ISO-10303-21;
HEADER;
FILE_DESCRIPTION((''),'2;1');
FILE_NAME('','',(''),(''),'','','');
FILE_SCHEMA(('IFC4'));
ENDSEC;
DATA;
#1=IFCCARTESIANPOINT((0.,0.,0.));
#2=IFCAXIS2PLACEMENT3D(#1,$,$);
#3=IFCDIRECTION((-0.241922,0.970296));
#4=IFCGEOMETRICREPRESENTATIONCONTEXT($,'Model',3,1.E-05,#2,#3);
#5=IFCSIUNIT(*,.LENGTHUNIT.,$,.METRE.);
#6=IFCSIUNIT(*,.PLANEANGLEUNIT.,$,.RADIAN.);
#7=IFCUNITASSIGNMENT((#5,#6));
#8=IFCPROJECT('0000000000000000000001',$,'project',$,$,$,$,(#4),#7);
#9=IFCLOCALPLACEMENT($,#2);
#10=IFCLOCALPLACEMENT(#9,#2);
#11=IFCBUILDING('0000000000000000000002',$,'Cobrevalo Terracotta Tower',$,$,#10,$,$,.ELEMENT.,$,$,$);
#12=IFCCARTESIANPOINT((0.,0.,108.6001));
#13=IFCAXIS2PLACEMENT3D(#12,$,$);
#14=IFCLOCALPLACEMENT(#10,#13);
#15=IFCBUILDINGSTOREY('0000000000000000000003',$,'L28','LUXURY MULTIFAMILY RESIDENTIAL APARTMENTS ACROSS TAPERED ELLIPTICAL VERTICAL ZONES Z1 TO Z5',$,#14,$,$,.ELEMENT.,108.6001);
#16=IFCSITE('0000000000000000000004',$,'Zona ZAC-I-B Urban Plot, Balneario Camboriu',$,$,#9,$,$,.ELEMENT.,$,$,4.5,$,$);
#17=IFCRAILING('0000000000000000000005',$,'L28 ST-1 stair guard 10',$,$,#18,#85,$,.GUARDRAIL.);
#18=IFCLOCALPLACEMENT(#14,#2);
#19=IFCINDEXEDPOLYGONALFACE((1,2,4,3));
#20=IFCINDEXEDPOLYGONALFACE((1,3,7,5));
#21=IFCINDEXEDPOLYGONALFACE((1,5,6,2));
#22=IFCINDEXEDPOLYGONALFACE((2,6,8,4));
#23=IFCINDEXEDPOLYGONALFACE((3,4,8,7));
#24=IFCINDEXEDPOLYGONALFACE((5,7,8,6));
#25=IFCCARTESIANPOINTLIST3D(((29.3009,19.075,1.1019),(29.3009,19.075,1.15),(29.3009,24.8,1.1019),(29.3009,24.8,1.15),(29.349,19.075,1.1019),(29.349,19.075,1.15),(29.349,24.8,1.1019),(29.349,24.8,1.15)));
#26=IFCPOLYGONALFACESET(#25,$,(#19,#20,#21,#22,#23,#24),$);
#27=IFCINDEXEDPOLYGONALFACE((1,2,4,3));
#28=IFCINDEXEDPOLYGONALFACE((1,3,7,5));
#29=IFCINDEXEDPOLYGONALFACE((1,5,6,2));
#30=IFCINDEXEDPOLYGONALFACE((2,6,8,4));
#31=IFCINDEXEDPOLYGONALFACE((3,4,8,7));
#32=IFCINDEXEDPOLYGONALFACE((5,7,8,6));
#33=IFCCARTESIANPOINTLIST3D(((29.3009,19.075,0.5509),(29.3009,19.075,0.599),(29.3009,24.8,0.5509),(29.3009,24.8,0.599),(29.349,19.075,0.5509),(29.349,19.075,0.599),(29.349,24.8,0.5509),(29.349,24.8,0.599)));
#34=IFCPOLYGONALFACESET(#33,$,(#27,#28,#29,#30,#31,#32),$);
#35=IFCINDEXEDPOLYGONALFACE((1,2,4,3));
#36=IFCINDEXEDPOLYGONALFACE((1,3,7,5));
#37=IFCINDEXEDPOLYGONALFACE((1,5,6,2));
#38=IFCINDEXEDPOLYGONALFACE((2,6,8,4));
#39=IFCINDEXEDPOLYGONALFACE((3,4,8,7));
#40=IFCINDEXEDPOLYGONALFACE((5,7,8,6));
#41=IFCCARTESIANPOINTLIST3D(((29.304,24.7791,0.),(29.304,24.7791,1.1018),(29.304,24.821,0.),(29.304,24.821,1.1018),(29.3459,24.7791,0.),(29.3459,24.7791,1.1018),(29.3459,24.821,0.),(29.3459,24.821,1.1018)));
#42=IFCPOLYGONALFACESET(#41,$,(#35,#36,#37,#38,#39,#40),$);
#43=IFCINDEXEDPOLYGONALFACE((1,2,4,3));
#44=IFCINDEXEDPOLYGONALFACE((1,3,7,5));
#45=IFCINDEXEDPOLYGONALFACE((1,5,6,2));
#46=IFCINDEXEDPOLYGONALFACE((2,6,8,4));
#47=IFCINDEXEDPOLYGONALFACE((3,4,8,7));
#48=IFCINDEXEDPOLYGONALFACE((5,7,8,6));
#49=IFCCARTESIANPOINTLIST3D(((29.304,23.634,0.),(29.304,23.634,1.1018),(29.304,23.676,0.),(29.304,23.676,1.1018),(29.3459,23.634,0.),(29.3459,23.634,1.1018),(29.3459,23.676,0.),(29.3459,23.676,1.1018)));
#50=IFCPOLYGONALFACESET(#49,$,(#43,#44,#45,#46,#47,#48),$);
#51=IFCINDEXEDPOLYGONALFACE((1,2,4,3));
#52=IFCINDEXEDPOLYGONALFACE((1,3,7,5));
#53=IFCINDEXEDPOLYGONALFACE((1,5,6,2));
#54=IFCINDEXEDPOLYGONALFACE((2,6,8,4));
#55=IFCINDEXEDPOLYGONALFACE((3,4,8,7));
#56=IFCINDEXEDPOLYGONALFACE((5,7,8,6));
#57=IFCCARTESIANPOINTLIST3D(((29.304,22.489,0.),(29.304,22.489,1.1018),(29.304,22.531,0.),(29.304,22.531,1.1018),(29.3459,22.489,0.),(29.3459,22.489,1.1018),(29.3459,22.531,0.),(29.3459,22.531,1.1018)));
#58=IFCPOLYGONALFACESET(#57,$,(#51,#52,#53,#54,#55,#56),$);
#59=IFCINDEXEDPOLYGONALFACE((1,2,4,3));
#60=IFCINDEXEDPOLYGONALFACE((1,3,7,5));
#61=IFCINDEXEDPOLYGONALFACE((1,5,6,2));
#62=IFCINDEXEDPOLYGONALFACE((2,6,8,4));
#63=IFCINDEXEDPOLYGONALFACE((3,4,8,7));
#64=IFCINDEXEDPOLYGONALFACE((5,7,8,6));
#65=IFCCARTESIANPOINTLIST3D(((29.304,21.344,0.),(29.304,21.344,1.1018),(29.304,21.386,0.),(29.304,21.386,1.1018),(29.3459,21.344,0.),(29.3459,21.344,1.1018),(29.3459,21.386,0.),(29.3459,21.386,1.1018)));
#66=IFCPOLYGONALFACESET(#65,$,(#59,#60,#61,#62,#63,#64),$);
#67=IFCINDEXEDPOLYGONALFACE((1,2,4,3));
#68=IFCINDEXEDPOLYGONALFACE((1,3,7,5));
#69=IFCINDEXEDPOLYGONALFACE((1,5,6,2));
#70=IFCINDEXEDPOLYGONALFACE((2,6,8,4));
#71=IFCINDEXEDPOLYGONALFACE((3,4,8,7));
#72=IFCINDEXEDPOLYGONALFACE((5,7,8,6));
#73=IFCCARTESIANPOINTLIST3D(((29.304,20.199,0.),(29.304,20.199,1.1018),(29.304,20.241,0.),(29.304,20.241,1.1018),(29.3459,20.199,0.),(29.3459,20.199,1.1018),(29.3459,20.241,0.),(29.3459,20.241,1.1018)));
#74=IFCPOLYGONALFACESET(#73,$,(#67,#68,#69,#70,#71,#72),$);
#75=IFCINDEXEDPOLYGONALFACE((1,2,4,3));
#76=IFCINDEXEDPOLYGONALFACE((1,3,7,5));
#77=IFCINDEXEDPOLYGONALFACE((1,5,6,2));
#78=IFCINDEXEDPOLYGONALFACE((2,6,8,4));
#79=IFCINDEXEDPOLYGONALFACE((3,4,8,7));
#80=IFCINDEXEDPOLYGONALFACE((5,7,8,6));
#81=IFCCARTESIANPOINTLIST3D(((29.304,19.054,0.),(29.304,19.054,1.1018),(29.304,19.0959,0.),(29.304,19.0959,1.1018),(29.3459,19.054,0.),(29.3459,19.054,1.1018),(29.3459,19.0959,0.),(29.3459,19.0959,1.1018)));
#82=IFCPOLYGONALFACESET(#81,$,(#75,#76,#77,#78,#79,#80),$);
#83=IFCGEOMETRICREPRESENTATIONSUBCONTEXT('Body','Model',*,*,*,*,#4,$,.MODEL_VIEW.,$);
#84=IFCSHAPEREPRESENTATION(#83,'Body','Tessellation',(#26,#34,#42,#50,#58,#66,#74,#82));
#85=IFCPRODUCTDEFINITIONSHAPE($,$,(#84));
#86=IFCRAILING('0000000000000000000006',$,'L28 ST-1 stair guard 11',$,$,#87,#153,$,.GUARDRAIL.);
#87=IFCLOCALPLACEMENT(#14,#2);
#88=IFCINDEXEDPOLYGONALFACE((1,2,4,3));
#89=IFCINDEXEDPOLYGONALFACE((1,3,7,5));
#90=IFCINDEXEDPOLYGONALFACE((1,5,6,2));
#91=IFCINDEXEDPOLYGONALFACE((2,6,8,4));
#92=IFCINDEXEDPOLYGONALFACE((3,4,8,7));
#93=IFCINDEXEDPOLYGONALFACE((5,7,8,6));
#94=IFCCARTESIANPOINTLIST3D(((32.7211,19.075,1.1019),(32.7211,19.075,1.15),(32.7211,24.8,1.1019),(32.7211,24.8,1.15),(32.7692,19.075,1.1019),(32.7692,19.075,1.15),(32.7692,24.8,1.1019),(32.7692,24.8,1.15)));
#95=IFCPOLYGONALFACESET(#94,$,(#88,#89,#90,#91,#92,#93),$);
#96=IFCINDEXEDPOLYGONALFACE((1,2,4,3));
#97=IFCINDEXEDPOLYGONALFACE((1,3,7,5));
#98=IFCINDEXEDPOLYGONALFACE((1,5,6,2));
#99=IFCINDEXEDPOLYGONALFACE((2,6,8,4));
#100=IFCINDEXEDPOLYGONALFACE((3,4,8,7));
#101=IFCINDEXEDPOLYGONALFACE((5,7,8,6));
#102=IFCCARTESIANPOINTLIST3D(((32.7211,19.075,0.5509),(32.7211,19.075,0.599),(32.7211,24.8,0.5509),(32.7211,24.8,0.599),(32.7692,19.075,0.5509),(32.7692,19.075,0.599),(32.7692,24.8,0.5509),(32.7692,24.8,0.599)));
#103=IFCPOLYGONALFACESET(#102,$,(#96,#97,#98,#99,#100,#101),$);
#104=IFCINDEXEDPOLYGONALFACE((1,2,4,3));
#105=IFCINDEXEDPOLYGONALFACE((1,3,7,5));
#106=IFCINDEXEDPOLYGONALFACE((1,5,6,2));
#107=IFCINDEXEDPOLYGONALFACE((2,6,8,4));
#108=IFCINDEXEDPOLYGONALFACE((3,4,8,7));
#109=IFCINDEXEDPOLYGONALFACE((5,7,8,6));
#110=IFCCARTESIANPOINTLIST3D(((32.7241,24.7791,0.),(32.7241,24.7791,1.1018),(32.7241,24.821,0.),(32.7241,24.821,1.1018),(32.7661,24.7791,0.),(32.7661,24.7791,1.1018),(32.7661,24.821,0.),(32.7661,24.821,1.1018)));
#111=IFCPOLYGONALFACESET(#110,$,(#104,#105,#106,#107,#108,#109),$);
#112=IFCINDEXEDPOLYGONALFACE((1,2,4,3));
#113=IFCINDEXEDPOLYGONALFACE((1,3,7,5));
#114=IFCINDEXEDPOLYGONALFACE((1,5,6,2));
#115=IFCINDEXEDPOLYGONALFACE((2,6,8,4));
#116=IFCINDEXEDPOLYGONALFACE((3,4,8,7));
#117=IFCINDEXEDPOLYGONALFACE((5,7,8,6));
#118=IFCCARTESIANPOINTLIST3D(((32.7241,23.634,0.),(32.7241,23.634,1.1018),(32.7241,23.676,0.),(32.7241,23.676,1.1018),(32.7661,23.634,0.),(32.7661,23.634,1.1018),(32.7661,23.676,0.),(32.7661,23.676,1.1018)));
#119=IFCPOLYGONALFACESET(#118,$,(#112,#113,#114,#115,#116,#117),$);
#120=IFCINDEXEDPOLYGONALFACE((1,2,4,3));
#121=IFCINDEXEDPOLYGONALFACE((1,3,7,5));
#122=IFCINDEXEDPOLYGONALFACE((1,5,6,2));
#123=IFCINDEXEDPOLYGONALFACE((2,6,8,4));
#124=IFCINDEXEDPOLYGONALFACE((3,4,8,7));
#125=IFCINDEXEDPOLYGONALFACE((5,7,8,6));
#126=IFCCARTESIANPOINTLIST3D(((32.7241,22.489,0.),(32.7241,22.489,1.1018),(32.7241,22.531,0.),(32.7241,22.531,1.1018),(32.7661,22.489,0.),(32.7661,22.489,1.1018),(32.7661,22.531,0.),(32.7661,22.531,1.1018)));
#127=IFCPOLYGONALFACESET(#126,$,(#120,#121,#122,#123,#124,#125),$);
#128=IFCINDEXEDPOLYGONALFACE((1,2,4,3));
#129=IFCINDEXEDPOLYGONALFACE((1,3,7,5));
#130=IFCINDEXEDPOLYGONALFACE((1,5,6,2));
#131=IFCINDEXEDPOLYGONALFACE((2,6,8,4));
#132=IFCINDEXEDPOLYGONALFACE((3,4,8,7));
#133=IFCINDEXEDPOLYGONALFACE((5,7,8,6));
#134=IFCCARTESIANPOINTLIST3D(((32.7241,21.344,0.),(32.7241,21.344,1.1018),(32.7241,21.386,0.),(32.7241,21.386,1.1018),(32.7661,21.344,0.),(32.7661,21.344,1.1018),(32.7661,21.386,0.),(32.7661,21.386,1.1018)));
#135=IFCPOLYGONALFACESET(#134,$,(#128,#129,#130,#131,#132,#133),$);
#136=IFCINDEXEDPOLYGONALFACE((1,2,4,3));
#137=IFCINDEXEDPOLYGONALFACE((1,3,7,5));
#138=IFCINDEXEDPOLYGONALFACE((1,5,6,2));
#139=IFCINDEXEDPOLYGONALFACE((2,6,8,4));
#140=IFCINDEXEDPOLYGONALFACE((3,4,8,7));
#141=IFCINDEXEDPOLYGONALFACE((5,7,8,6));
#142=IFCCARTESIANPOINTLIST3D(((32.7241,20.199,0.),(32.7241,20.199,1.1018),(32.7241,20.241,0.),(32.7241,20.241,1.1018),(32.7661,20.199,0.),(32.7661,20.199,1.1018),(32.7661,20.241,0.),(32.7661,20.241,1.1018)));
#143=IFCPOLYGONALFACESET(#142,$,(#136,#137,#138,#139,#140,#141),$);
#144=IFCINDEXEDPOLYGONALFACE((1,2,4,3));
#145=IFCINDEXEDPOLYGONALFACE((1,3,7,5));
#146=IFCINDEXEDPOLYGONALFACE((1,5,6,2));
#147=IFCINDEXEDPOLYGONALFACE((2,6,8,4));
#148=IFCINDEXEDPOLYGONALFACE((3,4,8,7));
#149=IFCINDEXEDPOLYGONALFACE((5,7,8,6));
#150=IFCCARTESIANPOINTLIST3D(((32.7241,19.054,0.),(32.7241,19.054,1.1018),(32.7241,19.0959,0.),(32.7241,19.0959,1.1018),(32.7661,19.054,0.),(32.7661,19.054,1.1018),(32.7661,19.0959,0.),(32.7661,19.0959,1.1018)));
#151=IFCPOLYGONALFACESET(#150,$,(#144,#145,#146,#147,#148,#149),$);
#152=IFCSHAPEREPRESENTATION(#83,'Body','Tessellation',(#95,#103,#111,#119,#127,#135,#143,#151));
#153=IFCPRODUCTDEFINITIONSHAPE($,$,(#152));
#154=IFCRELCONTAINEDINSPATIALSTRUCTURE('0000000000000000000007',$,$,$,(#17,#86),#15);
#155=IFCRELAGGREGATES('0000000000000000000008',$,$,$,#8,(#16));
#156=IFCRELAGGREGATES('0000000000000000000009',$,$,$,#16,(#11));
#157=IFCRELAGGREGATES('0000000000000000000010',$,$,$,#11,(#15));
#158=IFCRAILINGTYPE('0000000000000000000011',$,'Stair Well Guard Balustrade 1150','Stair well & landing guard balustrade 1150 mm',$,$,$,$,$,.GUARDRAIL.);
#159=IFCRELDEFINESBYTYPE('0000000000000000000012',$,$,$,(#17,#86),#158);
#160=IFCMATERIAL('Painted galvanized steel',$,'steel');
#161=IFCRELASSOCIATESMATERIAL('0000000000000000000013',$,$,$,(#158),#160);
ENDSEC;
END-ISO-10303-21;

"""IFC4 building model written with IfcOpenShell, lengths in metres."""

from ifc_helpers import new_model, si_unit, direction, frame, origin, origin_2d, place, context, subcontext, project, spatial, rectangle, extrude, material, type_object, element, save


model = new_model("IFC4")

# Units and contexts
model_context = context("Model", 3, precision=1e-05, world=origin(), true_north=direction((-0.241922, 0.970296)))
body_context = subcontext(model_context, "Body", "Model", "MODEL_VIEW")
ifc_project = project(units=[si_unit("LENGTHUNIT", "METRE"), si_unit("PLANEANGLEUNIT", "RADIAN")], contexts=[model_context])

# Site, building, storey
site_placement = place(None, origin())
site = spatial("IfcSite", under=ifc_project, at=site_placement, Name="Zona ZAC-I-B Urban Plot, Balneario Camboriu", CompositionType="ELEMENT", RefElevation=4.5)
building_placement = place(site_placement, origin())
building = spatial("IfcBuilding", under=site, at=building_placement, Name="Cobrevalo Terracotta Tower", CompositionType="ELEMENT")
storey_placement = place(building_placement, frame((0.0, 0.0, 108.6001)))
storey = spatial("IfcBuildingStorey", under=building, at=storey_placement, Name="L28", Description="LUXURY MULTIFAMILY RESIDENTIAL APARTMENTS ACROSS TAPERED ELLIPTICAL VERTICAL ZONES Z1 TO Z5", CompositionType="ELEMENT", Elevation=108.6001)

# Railings
ifc_material_1 = material(Name="Painted galvanized steel", Category="steel")
railing_type_1 = type_object("IfcRailingType", Name="Stair Well Guard Balustrade 1150", Description="Stair well & landing guard balustrade 1150 mm", PredefinedType="GUARDRAIL", material=ifc_material_1)
for number, where, name in (
    (1, (29.325, 24.8, 0.0), "L28 ST-1 stair guard 10"),
    (2, (32.7451, 24.8, 0.0), "L28 ST-1 stair guard 11"),
):
    element("IfcRailing", number, at=place(storey_placement, frame(where)), inside=storey, type_object=railing_type_1, Name=name, PredefinedType="GUARDRAIL", context=body_context, shape_type="SweptSolid", body=[
        extrude(rectangle(XDim=0.0481, YDim=0.0481, at=origin_2d()), frame((0.0, 0.0, 1.126), z_axis=(0.0, -1.0, 0.0), x_axis=(1.0, 0.0, 0.0)), (0.0, 0.0, 1.0), 5.7251),
        extrude(rectangle(XDim=0.0481, YDim=0.0481, at=origin_2d()), frame((0.0, 0.0, 0.575), z_axis=(0.0, -1.0, 0.0), x_axis=(1.0, 0.0, 0.0)), (0.0, 0.0, 1.0), 5.7251),
        extrude(rectangle(XDim=0.042, YDim=0.042, at=origin_2d()), origin(), (0.0, 0.0, 1.0), 1.1018),
        extrude(rectangle(XDim=0.042, YDim=0.042, at=origin_2d()), frame((0.0, -1.145, 0.0)), (0.0, 0.0, 1.0), 1.1018),
        extrude(rectangle(XDim=0.042, YDim=0.042, at=origin_2d()), frame((0.0, -2.29, 0.0)), (0.0, 0.0, 1.0), 1.1018),
        extrude(rectangle(XDim=0.042, YDim=0.042, at=origin_2d()), frame((0.0, -3.4351, 0.0)), (0.0, 0.0, 1.0), 1.1018),
        extrude(rectangle(XDim=0.042, YDim=0.042, at=origin_2d()), frame((0.0, -4.5801, 0.0)), (0.0, 0.0, 1.0), 1.1018),
        extrude(rectangle(XDim=0.042, YDim=0.042, at=origin_2d()), frame((0.0, -5.7251, 0.0)), (0.0, 0.0, 1.0), 1.1018),
    ])

save(model, "model.ifc")
